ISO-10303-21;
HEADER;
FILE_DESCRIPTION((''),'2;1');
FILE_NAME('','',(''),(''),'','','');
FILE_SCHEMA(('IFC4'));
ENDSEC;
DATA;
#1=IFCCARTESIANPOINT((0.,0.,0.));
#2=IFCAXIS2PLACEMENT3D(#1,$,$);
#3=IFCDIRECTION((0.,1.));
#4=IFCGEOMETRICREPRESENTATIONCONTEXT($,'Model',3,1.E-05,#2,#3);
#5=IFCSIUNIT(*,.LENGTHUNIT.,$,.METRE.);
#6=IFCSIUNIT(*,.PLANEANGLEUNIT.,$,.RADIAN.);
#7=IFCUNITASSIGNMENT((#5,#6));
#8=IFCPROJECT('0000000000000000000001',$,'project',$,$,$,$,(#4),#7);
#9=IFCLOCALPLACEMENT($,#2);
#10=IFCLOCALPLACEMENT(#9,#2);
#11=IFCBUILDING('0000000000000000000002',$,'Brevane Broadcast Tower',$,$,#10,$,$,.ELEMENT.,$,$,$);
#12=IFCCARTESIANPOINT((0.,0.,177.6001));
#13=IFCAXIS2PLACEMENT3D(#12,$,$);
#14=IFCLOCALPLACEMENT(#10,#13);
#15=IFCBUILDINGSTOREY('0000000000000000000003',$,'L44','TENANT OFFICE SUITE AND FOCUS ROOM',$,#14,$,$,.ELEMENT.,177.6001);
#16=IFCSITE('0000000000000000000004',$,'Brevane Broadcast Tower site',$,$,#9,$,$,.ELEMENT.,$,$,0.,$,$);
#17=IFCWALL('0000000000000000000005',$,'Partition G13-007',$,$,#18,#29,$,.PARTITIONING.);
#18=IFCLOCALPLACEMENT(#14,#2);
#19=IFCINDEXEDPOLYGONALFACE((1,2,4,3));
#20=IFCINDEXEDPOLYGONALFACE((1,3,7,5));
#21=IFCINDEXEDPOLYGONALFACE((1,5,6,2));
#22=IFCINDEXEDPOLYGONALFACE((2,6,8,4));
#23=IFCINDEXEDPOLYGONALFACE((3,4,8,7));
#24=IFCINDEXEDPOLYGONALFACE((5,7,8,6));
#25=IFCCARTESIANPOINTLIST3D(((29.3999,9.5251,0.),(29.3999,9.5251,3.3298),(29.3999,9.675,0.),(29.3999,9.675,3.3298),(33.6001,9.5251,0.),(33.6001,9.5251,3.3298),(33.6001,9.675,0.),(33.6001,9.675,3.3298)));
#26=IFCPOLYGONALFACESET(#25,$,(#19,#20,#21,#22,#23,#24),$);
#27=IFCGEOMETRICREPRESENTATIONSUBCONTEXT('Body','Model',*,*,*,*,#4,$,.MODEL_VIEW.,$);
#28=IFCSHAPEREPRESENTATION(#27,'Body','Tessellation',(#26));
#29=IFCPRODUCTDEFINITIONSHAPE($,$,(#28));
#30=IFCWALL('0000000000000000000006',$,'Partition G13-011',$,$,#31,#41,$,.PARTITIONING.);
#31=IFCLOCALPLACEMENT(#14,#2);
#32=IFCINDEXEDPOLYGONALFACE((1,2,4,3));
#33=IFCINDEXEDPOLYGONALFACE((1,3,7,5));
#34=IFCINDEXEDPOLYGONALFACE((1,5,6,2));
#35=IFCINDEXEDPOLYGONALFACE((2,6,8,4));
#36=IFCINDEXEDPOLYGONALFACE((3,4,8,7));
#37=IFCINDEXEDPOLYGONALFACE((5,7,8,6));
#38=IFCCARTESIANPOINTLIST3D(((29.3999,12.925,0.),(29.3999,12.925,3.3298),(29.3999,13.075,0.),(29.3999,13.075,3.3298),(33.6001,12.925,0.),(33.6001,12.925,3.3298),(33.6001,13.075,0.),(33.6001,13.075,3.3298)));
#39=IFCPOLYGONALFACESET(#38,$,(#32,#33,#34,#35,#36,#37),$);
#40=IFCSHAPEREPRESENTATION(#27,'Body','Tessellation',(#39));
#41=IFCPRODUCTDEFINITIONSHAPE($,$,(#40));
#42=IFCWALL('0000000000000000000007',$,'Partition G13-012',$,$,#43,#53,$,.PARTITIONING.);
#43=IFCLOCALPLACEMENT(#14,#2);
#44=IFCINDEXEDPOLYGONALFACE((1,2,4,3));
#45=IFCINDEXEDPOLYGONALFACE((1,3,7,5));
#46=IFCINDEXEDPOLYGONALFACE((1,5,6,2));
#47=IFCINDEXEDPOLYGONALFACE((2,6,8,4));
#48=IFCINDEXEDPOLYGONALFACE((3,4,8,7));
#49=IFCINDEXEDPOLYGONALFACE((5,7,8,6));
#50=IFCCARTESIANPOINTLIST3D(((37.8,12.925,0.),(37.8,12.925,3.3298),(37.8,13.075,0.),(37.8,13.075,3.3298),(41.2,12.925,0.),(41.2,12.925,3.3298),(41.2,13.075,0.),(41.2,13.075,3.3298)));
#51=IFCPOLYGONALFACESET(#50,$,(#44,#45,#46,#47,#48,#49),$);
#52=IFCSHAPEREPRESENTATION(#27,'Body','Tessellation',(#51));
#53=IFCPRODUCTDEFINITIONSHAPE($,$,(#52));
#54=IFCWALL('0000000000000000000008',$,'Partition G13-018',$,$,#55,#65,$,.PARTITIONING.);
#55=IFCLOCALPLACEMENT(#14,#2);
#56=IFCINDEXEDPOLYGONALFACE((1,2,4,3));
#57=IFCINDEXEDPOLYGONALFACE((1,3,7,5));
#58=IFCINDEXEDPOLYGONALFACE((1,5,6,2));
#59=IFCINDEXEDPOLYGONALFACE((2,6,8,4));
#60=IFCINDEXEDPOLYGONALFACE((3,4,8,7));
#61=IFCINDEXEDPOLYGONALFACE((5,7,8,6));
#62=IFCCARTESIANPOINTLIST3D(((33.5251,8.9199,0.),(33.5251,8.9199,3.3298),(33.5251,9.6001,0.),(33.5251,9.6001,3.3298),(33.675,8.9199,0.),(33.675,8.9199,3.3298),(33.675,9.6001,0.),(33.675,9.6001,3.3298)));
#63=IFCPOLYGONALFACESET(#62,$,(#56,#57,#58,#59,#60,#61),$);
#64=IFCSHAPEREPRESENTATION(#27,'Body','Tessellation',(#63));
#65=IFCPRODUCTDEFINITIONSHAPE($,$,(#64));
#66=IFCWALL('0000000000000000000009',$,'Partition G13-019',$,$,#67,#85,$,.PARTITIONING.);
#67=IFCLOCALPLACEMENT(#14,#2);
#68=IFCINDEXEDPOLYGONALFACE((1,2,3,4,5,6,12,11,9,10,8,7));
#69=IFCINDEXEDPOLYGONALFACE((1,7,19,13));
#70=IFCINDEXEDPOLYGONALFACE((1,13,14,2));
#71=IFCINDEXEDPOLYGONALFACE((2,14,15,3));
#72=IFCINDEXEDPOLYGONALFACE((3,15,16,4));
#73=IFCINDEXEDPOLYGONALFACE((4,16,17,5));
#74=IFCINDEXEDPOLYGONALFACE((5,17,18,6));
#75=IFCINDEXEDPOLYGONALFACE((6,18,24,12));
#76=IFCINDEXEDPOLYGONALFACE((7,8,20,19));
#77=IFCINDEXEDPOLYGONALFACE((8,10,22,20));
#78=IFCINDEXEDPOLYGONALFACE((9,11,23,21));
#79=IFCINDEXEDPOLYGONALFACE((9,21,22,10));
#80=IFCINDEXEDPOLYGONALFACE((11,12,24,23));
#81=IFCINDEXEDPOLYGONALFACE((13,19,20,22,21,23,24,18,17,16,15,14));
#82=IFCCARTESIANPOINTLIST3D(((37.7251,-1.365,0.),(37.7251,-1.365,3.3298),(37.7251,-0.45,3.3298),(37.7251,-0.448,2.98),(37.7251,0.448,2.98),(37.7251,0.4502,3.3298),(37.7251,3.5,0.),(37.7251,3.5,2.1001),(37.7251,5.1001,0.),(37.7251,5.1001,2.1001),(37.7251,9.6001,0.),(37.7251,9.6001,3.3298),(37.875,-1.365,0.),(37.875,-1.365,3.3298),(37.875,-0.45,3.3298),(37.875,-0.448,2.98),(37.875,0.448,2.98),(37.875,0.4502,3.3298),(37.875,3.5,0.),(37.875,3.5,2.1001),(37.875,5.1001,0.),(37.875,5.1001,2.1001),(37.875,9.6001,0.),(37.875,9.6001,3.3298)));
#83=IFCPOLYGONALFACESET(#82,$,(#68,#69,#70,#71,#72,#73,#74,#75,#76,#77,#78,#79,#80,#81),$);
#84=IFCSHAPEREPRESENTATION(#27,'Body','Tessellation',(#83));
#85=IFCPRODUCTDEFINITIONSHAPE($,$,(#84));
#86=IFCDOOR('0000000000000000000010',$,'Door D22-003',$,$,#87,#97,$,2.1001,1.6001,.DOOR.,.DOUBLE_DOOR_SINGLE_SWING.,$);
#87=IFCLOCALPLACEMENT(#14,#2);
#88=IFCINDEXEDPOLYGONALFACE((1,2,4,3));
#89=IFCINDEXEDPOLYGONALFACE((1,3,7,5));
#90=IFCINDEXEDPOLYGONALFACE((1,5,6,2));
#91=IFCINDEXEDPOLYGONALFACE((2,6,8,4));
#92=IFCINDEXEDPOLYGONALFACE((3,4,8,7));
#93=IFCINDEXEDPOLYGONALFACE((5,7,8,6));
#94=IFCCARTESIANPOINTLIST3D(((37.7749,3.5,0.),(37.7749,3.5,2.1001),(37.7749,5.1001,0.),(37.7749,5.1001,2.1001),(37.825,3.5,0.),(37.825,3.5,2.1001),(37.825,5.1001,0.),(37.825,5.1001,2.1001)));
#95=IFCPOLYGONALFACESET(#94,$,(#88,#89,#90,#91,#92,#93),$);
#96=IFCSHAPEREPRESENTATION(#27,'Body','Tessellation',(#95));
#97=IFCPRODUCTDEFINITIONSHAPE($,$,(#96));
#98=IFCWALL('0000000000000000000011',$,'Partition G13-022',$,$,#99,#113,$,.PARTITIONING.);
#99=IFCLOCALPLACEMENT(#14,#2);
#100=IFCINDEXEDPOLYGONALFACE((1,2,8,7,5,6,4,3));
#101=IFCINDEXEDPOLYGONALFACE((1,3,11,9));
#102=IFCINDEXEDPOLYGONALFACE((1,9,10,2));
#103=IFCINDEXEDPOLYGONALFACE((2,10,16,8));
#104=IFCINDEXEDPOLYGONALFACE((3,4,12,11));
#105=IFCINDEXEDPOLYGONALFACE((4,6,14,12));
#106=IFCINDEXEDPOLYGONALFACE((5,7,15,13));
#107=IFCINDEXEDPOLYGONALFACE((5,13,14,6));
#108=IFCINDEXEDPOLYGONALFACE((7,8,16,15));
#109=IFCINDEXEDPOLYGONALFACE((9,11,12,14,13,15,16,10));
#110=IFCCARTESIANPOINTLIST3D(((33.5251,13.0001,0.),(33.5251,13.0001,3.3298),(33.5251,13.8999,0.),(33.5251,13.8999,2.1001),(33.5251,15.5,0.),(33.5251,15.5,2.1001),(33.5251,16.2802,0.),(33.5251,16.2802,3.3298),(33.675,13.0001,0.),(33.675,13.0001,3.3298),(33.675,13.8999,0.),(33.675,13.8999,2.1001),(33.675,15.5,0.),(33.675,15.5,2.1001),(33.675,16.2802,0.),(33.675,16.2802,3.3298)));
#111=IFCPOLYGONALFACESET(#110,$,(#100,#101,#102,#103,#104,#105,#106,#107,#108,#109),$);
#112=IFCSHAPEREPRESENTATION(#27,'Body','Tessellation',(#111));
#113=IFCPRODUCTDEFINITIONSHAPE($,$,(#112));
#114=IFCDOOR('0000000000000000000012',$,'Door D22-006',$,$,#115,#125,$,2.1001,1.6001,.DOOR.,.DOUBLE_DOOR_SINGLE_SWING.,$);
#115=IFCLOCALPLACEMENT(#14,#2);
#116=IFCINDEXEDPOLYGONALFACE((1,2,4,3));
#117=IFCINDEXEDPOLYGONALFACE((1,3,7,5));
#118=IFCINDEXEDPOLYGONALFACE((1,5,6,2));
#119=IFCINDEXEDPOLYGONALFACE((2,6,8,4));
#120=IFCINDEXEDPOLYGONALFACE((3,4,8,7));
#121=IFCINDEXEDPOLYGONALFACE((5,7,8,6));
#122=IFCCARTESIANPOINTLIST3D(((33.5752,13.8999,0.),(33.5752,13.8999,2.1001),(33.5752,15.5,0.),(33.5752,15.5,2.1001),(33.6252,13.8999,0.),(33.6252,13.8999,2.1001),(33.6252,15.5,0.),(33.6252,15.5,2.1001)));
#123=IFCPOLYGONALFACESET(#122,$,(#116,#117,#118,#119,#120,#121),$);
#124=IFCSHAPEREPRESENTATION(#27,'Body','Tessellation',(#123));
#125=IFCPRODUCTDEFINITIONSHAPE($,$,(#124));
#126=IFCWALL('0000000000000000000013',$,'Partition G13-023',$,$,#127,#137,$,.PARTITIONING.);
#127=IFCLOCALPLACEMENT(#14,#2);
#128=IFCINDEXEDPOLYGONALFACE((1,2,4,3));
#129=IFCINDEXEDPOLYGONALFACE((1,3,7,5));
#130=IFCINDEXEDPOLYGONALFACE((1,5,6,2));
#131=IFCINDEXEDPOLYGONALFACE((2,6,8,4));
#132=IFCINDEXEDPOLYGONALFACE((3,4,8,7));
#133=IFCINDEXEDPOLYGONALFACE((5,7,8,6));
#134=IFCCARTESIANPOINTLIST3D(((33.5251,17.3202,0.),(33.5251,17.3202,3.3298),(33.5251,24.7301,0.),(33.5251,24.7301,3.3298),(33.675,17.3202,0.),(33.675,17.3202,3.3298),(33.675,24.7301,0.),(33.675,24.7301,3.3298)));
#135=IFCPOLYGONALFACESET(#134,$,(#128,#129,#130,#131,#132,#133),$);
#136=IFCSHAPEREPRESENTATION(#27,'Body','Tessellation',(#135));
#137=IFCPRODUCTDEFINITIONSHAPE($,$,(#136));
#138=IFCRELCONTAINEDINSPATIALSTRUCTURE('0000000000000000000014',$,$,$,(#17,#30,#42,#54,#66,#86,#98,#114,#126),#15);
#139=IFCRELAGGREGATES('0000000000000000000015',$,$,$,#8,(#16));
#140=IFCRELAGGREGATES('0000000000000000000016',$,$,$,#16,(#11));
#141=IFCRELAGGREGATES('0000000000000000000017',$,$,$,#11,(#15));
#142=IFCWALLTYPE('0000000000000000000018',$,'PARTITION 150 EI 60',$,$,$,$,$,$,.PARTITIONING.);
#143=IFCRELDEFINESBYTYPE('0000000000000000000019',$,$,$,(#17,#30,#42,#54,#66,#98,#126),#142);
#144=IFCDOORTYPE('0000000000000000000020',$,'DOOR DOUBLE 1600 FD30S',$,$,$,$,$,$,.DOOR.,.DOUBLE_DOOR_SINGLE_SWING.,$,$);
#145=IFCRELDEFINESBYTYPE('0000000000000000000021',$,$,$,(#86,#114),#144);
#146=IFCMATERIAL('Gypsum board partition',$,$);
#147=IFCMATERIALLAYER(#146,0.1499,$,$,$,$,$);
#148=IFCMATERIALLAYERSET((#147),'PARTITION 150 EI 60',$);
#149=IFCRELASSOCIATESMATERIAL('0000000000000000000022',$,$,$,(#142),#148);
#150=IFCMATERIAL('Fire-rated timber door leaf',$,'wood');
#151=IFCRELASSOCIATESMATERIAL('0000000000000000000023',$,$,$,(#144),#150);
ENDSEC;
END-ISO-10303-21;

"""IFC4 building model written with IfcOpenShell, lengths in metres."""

from ifc_helpers import new_model, si_unit, direction, frame, frame_2d, origin, place, context, subcontext, project, spatial, polyline, rectangle, outline, extrude, material, layer, layer_set, type_object, element, fill, save


model = new_model("IFC4")

# Units and contexts
model_context = context("Model", 3, precision=1e-05, world=origin(), true_north=direction((0.0, 1.0)))
body_context = subcontext(model_context, "Body", "Model", "MODEL_VIEW")
ifc_project = project(units=[si_unit("LENGTHUNIT", "METRE"), si_unit("PLANEANGLEUNIT", "RADIAN")], contexts=[model_context])

# Site, building, storey
site_placement = place(None, origin())
site = spatial("IfcSite", under=ifc_project, at=site_placement, Name="Brevane Broadcast Tower site", CompositionType="ELEMENT", RefElevation=0.0)
building_placement = place(site_placement, origin())
building = spatial("IfcBuilding", under=site, at=building_placement, Name="Brevane Broadcast Tower", CompositionType="ELEMENT")
storey_placement = place(building_placement, frame((0.0, 0.0, 177.6001)))
storey = spatial("IfcBuildingStorey", under=building, at=storey_placement, Name="L44", Description="TENANT OFFICE SUITE AND FOCUS ROOM", CompositionType="ELEMENT", Elevation=177.6001)

# Walls
ifc_material_1 = material(Name="Gypsum board partition")
ifc_layer_1 = layer(ifc_material_1, 0.1499)
ifc_layer_set_1 = layer_set([ifc_layer_1], Name="PARTITION 150 EI 60")
wall_type_1 = type_object("IfcWallType", Name="PARTITION 150 EI 60", PredefinedType="PARTITIONING", material=ifc_layer_set_1)
for number, where, z_axis, x_axis, name in (
    (1, (33.6001, 9.6001, 0.0), (0.0, 0.0, 1.0), (-1.0, 0.0, 0.0), "Partition G13-007"),
    (2, (29.3999, 13.0, 0.0), (0.0, 0.0, 1.0), (1.0, 0.0, 0.0), "Partition G13-011"),
):
    element("IfcWall", number, at=place(storey_placement, frame(where, z_axis=z_axis, x_axis=x_axis)), inside=storey, type_object=wall_type_1, Name=name, PredefinedType="PARTITIONING", context=body_context, shape_type="SweptSolid", body=[
        extrude(rectangle(XDim=4.2002, YDim=0.1499, at=frame_2d((2.1001, 0.0))), origin(), (0.0, 0.0, 1.0), 3.3298),
    ])
wall_1_placement = place(storey_placement, frame((37.8, 13.0, 0.0), z_axis=(0.0, 0.0, 1.0), x_axis=(1.0, 0.0, 0.0)))
element("IfcWall", 3, at=wall_1_placement, inside=storey, type_object=wall_type_1, Name="Partition G13-012", PredefinedType="PARTITIONING", context=body_context, shape_type="SweptSolid", body=[
    extrude(rectangle(XDim=3.3999, YDim=0.1499, at=frame_2d((1.7, 0.0))), origin(), (0.0, 0.0, 1.0), 3.3298),
])
wall_2_placement = place(storey_placement, frame((33.6001, 8.9199, 0.0), z_axis=(0.0, 0.0, 1.0), x_axis=(0.0, 1.0, 0.0)))
element("IfcWall", 4, at=wall_2_placement, inside=storey, type_object=wall_type_1, Name="Partition G13-018", PredefinedType="PARTITIONING", context=body_context, shape_type="SweptSolid", body=[
    extrude(rectangle(XDim=0.6802, YDim=0.1499, at=frame_2d((0.3401, 0.0))), origin(), (0.0, 0.0, 1.0), 3.3298),
])

# Walls, openings, doors
wall_3_placement = place(storey_placement, frame((37.8, 9.6001, 0.0), z_axis=(0.0, 0.0, 1.0), x_axis=(0.0, -1.0, 0.0)))
wall_3 = element("IfcWall", 5, at=wall_3_placement, inside=storey, type_object=wall_type_1, Name="Partition G13-019", PredefinedType="PARTITIONING", context=body_context, shape_type="SweptSolid", body=[
    extrude(outline(polyline([(0.0, 0.0), (10.9651, 0.0), (10.9651, 3.3298), (10.7, 3.3298), (10.05, 3.3298), (10.0481, 2.98), (9.1521, 2.98), (9.1499, 3.3298), (0.0, 3.3298), (0.0, 0.0)])), frame((0.0, 0.075, 0.0), z_axis=(0.0, -1.0, 0.0), x_axis=(1.0, 0.0, 0.0)), (0.0, 0.0, 1.0), 0.1499),
])
opening_1_placement = place(wall_3_placement, frame((4.5, 0.0, 0.0)))
opening_1 = element("IfcOpeningElement", 6, at=opening_1_placement, cuts=wall_3, PredefinedType="OPENING", context=body_context, shape_type="SweptSolid", body=[
    extrude(rectangle(XDim=1.6001, YDim=2.1001, at=frame_2d((0.8, 1.05))), frame((0.0, 0.085, 0.0), z_axis=(0.0, -1.0, 0.0), x_axis=(1.0, 0.0, 0.0)), (0.0, 0.0, 1.0), 0.1699),
])
ifc_material_2 = material(Name="Fire-rated timber door leaf", Category="wood")
door_type_1 = type_object("IfcDoorType", Name="DOOR DOUBLE 1600 FD30S", OperationType="DOUBLE_DOOR_SINGLE_SWING", PredefinedType="DOOR", material=ifc_material_2)
door_1_placement = place(opening_1_placement, origin())
door_1 = element("IfcDoor", 7, at=door_1_placement, inside=storey, type_object=door_type_1, Name="Door D22-003", OperationType="DOUBLE_DOOR_SINGLE_SWING", OverallHeight=2.1001, OverallWidth=1.6001, PredefinedType="DOOR", context=body_context, shape_type="SweptSolid", body=[
    extrude(rectangle(XDim=1.6001, YDim=2.1001, at=frame_2d((0.8, 1.05))), frame((0.0, 0.0249, 0.0), z_axis=(0.0, -1.0, 0.0), x_axis=(1.0, 0.0, 0.0)), (0.0, 0.0, 1.0), 0.05),
])
fill(opening_1, door_1)
wall_4_placement = place(storey_placement, frame((33.6001, 13.0, 0.0), z_axis=(0.0, 0.0, 1.0), x_axis=(0.0, 1.0, 0.0)))
wall_4 = element("IfcWall", 8, at=wall_4_placement, inside=storey, type_object=wall_type_1, Name="Partition G13-022", PredefinedType="PARTITIONING", context=body_context, shape_type="SweptSolid", body=[
    extrude(rectangle(XDim=3.28, YDim=0.1499, at=frame_2d((1.6401, 0.0))), origin(), (0.0, 0.0, 1.0), 3.3298),
])
opening_2_placement = place(wall_4_placement, frame((0.8999, 0.0, 0.0)))
opening_2 = element("IfcOpeningElement", 9, at=opening_2_placement, cuts=wall_4, PredefinedType="OPENING", context=body_context, shape_type="SweptSolid", body=[
    extrude(rectangle(XDim=1.6001, YDim=2.1001, at=frame_2d((0.8, 1.05))), frame((0.0, 0.085, 0.0), z_axis=(0.0, -1.0, 0.0), x_axis=(1.0, 0.0, 0.0)), (0.0, 0.0, 1.0), 0.1699),
])
door_2_placement = place(opening_2_placement, origin())
door_2 = element("IfcDoor", 10, at=door_2_placement, inside=storey, type_object=door_type_1, Name="Door D22-006", OperationType="DOUBLE_DOOR_SINGLE_SWING", OverallHeight=2.1001, OverallWidth=1.6001, PredefinedType="DOOR", context=body_context, shape_type="SweptSolid", body=[
    extrude(rectangle(XDim=1.6001, YDim=2.1001, at=frame_2d((0.8, 1.05))), frame((0.0, 0.0249, 0.0), z_axis=(0.0, -1.0, 0.0), x_axis=(1.0, 0.0, 0.0)), (0.0, 0.0, 1.0), 0.05),
])
fill(opening_2, door_2)

# Wall
wall_5_placement = place(storey_placement, frame((33.6001, 17.3201, 0.0), z_axis=(0.0, 0.0, 1.0), x_axis=(0.0, 1.0, 0.0)))
element("IfcWall", 11, at=wall_5_placement, inside=storey, type_object=wall_type_1, Name="Partition G13-023", PredefinedType="PARTITIONING", context=body_context, shape_type="SweptSolid", body=[
    extrude(rectangle(XDim=7.4099, YDim=0.1499, at=frame_2d((3.7051, 0.0))), origin(), (0.0, 0.0, 1.0), 3.3298),
])

save(model, "model.ifc")
